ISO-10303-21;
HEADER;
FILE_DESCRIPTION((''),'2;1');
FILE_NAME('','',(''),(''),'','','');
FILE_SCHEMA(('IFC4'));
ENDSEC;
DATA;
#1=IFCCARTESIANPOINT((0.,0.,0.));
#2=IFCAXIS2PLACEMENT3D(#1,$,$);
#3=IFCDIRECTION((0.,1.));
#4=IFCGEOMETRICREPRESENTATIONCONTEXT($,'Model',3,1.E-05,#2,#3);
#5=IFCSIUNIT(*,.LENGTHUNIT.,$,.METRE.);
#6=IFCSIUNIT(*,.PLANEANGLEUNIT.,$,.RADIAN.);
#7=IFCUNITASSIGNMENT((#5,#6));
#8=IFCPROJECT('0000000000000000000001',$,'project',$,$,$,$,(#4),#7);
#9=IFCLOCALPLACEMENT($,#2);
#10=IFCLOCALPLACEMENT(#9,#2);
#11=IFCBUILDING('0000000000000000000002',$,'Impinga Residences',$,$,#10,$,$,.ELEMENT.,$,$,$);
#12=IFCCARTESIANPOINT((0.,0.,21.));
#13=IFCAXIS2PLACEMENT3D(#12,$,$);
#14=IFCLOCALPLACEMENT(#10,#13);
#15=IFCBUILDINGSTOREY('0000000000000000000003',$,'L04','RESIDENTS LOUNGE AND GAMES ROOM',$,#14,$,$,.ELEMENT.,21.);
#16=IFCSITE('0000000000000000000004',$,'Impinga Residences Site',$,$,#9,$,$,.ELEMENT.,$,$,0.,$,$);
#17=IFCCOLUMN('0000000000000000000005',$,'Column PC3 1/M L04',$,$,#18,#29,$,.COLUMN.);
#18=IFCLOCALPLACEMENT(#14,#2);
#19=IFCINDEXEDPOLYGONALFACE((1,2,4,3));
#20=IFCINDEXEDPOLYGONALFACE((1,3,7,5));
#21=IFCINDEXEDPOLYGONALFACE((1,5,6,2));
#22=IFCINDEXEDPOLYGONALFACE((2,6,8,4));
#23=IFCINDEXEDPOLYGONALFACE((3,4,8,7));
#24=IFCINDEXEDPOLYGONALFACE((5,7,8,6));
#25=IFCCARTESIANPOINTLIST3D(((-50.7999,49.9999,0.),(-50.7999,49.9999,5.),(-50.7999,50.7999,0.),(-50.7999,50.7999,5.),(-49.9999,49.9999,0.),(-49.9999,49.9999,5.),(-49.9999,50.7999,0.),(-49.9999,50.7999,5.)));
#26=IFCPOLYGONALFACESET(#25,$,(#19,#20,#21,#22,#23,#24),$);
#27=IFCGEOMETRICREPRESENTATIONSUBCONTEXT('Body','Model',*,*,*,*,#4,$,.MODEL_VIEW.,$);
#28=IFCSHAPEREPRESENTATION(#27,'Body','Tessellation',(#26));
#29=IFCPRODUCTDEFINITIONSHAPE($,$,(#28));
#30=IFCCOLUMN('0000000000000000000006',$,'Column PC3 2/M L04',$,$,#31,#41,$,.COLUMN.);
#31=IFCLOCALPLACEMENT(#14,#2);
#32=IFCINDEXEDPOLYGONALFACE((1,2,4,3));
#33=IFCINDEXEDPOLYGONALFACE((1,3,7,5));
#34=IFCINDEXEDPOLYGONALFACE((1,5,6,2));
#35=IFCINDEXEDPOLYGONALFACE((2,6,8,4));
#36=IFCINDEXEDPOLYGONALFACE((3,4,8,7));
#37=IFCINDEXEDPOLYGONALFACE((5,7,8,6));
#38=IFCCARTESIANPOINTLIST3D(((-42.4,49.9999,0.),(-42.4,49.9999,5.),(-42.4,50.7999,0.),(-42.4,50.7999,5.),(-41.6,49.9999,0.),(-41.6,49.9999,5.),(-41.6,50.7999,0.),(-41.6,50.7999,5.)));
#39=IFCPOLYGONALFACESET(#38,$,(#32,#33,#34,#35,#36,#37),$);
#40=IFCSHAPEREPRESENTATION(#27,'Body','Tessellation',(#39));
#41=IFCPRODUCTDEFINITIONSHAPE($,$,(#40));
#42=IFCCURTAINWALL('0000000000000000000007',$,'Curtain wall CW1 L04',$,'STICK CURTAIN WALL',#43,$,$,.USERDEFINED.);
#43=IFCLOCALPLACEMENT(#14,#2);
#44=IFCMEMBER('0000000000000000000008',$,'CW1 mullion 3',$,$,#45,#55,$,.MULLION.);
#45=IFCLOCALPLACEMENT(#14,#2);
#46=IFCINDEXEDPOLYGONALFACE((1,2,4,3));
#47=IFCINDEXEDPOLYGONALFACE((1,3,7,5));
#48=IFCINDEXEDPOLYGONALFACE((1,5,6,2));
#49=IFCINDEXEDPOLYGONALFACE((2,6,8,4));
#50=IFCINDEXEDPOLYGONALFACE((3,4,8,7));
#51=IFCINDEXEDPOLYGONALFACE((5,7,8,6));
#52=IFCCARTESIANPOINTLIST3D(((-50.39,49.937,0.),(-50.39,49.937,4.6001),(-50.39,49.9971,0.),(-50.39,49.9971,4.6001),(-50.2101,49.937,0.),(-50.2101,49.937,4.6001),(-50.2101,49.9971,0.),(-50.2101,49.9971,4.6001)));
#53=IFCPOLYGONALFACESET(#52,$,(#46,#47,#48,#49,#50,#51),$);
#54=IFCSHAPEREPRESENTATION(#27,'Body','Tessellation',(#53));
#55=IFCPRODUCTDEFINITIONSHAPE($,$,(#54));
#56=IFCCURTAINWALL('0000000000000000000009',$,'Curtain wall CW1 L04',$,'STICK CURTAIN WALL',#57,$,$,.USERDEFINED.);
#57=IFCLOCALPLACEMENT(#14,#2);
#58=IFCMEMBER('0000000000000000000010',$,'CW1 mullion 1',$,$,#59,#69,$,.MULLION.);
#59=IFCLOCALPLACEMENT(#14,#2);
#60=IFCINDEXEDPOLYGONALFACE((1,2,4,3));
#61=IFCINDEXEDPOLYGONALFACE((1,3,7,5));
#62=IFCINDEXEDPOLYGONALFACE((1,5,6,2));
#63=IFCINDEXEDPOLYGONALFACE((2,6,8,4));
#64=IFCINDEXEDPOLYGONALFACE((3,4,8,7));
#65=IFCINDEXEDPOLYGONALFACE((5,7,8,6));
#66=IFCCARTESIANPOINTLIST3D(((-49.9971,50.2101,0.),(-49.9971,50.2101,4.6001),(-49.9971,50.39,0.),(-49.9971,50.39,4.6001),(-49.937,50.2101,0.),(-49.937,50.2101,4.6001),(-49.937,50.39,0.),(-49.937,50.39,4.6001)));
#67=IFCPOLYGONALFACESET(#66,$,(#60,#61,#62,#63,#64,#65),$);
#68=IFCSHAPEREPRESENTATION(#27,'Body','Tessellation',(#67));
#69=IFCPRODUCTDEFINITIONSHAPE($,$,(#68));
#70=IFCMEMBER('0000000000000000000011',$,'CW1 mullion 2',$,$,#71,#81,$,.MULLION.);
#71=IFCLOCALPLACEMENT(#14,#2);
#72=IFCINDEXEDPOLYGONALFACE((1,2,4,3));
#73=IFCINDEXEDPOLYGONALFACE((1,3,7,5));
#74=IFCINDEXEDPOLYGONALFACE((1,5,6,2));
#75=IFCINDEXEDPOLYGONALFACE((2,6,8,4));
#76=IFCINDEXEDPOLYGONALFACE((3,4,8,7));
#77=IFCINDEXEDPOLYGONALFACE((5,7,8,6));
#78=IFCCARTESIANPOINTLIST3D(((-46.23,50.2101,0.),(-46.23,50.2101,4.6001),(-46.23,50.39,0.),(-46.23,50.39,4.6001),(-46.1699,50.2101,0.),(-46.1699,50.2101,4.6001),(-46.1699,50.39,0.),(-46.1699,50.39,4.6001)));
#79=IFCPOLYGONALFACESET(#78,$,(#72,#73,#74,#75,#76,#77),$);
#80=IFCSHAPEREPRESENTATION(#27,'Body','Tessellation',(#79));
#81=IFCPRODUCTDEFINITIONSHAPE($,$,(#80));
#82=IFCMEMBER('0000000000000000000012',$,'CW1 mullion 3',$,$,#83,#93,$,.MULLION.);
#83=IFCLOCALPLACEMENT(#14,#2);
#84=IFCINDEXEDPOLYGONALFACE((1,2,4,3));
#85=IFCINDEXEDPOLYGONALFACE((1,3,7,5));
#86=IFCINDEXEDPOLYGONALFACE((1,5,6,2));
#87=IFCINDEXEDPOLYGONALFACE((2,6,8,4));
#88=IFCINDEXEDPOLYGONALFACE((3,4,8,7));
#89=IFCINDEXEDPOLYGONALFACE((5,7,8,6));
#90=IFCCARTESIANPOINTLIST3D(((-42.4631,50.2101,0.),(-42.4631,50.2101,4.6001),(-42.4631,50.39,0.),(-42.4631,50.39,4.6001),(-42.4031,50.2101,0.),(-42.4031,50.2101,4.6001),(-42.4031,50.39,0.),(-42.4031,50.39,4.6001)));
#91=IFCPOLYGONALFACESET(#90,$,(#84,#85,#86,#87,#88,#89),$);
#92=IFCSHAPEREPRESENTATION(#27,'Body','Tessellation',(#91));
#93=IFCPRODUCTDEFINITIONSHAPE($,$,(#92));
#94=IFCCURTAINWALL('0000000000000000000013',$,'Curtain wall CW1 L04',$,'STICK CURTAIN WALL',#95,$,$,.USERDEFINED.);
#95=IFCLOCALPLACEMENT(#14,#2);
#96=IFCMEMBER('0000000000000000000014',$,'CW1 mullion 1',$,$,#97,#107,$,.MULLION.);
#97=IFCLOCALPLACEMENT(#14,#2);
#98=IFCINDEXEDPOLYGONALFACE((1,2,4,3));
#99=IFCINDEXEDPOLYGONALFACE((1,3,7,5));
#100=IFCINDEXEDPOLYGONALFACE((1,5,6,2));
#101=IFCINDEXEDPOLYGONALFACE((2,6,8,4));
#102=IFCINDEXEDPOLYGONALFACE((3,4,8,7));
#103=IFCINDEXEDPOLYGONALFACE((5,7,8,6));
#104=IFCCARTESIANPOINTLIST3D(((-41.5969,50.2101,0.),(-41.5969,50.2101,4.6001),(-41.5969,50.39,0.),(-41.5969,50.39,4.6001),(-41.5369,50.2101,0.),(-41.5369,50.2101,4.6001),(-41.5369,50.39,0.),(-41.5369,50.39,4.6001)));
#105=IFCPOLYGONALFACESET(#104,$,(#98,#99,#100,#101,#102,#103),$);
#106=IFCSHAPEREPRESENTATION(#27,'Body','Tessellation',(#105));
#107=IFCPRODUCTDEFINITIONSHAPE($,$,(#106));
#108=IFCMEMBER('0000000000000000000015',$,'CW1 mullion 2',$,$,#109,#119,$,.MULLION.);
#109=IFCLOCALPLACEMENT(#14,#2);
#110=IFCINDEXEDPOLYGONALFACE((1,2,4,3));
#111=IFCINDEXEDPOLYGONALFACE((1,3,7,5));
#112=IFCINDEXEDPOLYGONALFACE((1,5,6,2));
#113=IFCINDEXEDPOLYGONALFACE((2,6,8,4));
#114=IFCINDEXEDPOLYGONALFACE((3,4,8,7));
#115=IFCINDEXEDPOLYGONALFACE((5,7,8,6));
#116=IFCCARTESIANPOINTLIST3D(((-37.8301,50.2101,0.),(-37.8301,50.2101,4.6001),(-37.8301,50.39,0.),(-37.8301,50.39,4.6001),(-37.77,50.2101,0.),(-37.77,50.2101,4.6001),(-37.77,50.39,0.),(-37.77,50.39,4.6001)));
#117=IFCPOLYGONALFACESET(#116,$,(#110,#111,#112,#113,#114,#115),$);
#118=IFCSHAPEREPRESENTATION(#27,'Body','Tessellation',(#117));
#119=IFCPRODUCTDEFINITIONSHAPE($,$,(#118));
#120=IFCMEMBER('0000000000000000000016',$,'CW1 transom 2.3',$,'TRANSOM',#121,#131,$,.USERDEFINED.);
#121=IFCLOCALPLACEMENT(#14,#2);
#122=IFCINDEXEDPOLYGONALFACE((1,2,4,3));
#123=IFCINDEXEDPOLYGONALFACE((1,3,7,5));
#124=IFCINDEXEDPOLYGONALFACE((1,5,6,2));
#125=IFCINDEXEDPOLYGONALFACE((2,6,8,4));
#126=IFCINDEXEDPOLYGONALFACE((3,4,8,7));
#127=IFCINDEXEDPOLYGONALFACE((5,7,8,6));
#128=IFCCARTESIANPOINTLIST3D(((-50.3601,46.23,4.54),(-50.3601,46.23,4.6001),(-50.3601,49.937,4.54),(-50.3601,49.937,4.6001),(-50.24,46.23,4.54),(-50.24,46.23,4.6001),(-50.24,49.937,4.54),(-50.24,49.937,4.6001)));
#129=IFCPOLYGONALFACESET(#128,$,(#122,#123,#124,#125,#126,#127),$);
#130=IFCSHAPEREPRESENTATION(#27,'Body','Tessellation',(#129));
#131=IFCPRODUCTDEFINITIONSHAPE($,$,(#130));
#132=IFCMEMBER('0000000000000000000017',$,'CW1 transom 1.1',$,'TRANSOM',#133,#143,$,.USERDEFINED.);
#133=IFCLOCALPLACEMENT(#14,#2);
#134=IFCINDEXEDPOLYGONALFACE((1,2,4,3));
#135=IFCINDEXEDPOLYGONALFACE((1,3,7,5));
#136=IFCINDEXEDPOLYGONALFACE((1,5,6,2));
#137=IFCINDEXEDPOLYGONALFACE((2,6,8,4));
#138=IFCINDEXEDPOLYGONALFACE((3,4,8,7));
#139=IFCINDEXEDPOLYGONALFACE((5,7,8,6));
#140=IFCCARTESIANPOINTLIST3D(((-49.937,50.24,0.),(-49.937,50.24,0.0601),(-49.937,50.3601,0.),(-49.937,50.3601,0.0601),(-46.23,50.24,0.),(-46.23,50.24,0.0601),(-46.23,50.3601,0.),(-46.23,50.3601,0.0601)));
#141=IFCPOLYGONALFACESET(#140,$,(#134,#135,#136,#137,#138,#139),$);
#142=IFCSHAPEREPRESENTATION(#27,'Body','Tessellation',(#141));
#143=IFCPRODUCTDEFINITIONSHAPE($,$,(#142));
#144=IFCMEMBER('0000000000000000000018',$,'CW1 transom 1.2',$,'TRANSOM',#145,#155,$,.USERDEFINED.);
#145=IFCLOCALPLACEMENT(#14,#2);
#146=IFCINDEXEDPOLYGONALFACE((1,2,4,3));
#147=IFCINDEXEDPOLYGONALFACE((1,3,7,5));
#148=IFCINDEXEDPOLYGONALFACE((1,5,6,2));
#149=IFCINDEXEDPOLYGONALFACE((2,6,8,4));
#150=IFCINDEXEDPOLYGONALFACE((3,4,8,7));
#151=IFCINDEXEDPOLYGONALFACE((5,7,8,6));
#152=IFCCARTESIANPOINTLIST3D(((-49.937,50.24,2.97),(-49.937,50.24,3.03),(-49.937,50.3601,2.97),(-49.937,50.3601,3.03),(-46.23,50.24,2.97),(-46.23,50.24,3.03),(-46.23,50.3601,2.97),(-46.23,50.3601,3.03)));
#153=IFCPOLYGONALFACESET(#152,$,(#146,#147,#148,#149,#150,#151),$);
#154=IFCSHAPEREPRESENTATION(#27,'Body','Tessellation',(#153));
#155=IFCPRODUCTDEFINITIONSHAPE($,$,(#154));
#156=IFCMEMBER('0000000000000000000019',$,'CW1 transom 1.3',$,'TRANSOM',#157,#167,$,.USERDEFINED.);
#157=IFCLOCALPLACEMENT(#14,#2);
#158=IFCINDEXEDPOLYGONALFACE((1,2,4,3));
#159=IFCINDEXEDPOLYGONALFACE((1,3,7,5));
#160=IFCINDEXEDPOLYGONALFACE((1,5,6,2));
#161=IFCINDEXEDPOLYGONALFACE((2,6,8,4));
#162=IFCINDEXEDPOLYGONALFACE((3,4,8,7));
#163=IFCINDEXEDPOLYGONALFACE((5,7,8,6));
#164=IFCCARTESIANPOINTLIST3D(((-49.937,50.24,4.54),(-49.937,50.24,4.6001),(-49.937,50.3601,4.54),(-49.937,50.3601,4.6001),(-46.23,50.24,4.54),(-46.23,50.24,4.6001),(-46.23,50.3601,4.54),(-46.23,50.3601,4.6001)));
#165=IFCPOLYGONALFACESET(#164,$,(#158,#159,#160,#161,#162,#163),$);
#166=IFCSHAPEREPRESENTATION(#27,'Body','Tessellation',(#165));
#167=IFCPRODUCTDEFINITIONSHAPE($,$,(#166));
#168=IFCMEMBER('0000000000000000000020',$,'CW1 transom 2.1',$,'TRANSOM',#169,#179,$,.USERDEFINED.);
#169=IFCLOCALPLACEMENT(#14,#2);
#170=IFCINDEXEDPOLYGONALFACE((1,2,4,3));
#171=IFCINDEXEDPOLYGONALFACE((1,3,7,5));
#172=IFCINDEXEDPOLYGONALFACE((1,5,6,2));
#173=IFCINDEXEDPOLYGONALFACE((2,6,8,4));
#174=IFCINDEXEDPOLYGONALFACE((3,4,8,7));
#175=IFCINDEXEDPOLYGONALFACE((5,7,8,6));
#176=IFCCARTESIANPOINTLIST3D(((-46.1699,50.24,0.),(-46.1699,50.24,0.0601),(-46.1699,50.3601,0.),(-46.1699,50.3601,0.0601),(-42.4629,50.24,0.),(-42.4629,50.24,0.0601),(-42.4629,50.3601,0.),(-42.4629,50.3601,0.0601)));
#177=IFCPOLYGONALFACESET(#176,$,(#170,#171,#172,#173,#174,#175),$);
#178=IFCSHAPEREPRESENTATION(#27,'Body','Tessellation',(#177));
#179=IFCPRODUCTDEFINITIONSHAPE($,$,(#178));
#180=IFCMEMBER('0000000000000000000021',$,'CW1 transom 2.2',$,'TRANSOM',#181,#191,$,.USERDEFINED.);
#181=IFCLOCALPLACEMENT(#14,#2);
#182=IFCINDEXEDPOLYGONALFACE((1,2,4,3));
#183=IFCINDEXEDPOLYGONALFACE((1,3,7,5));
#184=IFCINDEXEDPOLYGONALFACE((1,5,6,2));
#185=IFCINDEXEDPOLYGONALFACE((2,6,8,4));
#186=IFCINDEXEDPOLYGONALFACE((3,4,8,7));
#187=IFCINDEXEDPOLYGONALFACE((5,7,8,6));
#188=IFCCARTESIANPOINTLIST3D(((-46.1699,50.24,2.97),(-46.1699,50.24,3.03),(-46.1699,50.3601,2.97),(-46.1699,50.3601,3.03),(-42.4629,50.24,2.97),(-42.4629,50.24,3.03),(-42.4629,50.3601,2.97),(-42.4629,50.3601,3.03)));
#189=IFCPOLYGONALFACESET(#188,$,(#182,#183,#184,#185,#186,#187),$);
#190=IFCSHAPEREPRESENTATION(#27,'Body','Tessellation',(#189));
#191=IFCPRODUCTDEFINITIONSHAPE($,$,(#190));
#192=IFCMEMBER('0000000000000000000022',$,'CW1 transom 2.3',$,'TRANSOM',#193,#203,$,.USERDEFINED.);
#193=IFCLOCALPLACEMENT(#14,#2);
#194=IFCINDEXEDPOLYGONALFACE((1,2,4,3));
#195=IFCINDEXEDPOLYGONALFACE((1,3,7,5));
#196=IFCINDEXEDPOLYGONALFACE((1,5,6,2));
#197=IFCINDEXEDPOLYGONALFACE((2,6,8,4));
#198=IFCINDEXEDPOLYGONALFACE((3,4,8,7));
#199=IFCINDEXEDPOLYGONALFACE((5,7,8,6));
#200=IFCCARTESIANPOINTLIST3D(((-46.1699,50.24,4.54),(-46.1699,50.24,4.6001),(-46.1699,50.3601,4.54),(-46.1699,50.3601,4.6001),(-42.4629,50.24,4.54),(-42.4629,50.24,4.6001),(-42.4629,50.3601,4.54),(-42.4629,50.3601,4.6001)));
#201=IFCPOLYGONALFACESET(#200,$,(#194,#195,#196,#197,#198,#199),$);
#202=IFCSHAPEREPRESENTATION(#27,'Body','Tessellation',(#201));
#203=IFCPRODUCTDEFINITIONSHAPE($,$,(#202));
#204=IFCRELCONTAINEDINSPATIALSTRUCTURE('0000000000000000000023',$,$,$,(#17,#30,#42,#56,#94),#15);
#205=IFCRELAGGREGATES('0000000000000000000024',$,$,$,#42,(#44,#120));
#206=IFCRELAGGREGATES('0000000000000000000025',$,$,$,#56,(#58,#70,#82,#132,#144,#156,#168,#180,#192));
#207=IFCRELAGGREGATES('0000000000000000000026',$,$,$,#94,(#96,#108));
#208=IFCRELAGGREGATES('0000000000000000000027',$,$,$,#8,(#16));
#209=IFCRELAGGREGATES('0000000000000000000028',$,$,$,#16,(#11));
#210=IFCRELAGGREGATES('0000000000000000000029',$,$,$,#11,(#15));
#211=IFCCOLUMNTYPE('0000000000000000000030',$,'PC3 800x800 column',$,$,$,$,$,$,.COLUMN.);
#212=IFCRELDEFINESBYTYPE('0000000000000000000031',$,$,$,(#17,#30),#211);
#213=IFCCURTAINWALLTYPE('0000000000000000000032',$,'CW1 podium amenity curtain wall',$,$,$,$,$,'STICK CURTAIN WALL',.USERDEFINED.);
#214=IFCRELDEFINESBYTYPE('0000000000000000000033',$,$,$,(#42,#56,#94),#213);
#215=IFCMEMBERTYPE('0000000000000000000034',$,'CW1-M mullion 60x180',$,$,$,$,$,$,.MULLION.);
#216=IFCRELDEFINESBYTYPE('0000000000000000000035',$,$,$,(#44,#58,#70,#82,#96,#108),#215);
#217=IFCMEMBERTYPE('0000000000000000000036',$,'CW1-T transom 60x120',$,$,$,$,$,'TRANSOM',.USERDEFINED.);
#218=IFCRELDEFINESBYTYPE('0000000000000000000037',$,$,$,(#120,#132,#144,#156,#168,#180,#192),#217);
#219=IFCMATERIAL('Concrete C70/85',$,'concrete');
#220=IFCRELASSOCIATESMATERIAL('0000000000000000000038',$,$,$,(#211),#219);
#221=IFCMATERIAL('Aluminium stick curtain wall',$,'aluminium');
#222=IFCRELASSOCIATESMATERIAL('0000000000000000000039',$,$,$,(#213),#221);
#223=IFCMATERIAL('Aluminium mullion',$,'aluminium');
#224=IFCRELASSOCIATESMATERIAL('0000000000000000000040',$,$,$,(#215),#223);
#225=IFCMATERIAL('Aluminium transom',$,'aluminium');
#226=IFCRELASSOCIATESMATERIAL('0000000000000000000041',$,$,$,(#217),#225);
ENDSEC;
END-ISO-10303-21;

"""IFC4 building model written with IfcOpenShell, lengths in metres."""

from ifc_helpers import new_model, si_unit, direction, frame, origin, origin_2d, place, context, subcontext, project, spatial, rectangle, extrude, material, material_profile, profile_set, type_object, element, aggregate, save


model = new_model("IFC4")

# Units and contexts
model_context = context("Model", 3, precision=1e-05, world=origin(), true_north=direction((0.0, 1.0)))
body_context = subcontext(model_context, "Body", "Model", "MODEL_VIEW")
ifc_project = project(units=[si_unit("LENGTHUNIT", "METRE"), si_unit("PLANEANGLEUNIT", "RADIAN")], contexts=[model_context])

# Site, building, storey
site_placement = place(None, origin())
site = spatial("IfcSite", under=ifc_project, at=site_placement, Name="Impinga Residences Site", CompositionType="ELEMENT", RefElevation=0.0)
building_placement = place(site_placement, origin())
building = spatial("IfcBuilding", under=site, at=building_placement, Name="Impinga Residences", CompositionType="ELEMENT")
storey_placement = place(building_placement, frame((0.0, 0.0, 21.0)))
storey = spatial("IfcBuildingStorey", under=building, at=storey_placement, Name="L04", Description="RESIDENTS LOUNGE AND GAMES ROOM", CompositionType="ELEMENT", Elevation=21.0)

# Columns
ifc_material_1 = material(Name="Concrete C70/85", Category="concrete")
ifc_material_profile_1 = material_profile(ifc_material_1, rectangle(XDim=0.8, YDim=0.8, at=origin_2d()), Name="RC 800x800")
ifc_profile_set_1 = profile_set([ifc_material_profile_1], Name="Concrete C70/85")
column_type = type_object("IfcColumnType", Name="PC3 800x800 column", PredefinedType="COLUMN", material=ifc_profile_set_1)
for number, where, z_axis, x_axis, name in (
    (1, (-50.3999, 50.3999, 0.0), (0.0, 0.0, 1.0), (1.0, 0.0, 0.0), "Column PC3 1/M L04"),
    (2, (-42.0, 50.3999, 0.0), (0.0, 0.0, 1.0), (1.0, 0.0, 0.0), "Column PC3 2/M L04"),
):
    element("IfcColumn", number, at=place(storey_placement, frame(where, z_axis=z_axis, x_axis=x_axis)), inside=storey, type_object=column_type, Name=name, PredefinedType="COLUMN", context=body_context, shape_type="SweptSolid", body=[
        extrude(rectangle(XDim=0.8, YDim=0.8, at=origin_2d()), origin(), (0.0, 0.0, 1.0), 5.0),
    ])

# Curtain wall, member
ifc_material_2 = material(Name="Aluminium stick curtain wall", Category="aluminium")
curtain_wall_type = type_object("IfcCurtainWallType", Name="CW1 podium amenity curtain wall", ElementType="STICK CURTAIN WALL", PredefinedType="USERDEFINED", material=ifc_material_2)
curtain_wall_1_placement = place(storey_placement, origin())
curtain_wall_1 = element("IfcCurtainWall", 3, at=curtain_wall_1_placement, inside=storey, type_object=curtain_wall_type, Name="Curtain wall CW1 L04", ObjectType="STICK CURTAIN WALL", PredefinedType="USERDEFINED")
ifc_material_3 = material(Name="Aluminium mullion", Category="aluminium")
ifc_material_profile_2 = material_profile(ifc_material_3, rectangle(XDim=0.0601, YDim=0.1799, at=origin_2d()), Name="60x180 mullion")
ifc_profile_set_2 = profile_set([ifc_material_profile_2], Name="Aluminium mullion")
member_type_1 = type_object("IfcMemberType", Name="CW1-M mullion 60x180", PredefinedType="MULLION", material=ifc_profile_set_2)
member_1_placement = place(storey_placement, frame((-50.3, 49.967, 0.0), z_axis=(0.0, 0.0, 1.0), x_axis=(0.0, 1.0, 0.0)))
member_1 = element("IfcMember", 4, at=member_1_placement, type_object=member_type_1, Name="CW1 mullion 3", PredefinedType="MULLION", context=body_context, shape_type="SweptSolid", body=[
    extrude(rectangle(XDim=0.0601, YDim=0.1799, at=origin_2d()), origin(), (0.0, 0.0, 1.0), 4.6001),
])

# Curtain walls, members
curtain_wall_2_placement = place(storey_placement, origin())
curtain_wall_2 = element("IfcCurtainWall", 5, at=curtain_wall_2_placement, inside=storey, type_object=curtain_wall_type, Name="Curtain wall CW1 L04", ObjectType="STICK CURTAIN WALL", PredefinedType="USERDEFINED")
member_2_placement = place(storey_placement, frame((-49.967, 50.3, 0.0), z_axis=(0.0, 0.0, 1.0), x_axis=(1.0, 0.0, 0.0)))
member_2 = element("IfcMember", 6, at=member_2_placement, type_object=member_type_1, Name="CW1 mullion 1", PredefinedType="MULLION", context=body_context, shape_type="SweptSolid", body=[
    extrude(rectangle(XDim=0.0601, YDim=0.1799, at=origin_2d()), origin(), (0.0, 0.0, 1.0), 4.6001),
])
member_3_placement = place(storey_placement, frame((-46.2, 50.3, 0.0), z_axis=(0.0, 0.0, 1.0), x_axis=(1.0, 0.0, 0.0)))
member_3 = element("IfcMember", 7, at=member_3_placement, type_object=member_type_1, Name="CW1 mullion 2", PredefinedType="MULLION", context=body_context, shape_type="SweptSolid", body=[
    extrude(rectangle(XDim=0.0601, YDim=0.1799, at=origin_2d()), origin(), (0.0, 0.0, 1.0), 4.6001),
])
member_4_placement = place(storey_placement, frame((-42.4331, 50.3, 0.0), z_axis=(0.0, 0.0, 1.0), x_axis=(1.0, 0.0, 0.0)))
member_4 = element("IfcMember", 8, at=member_4_placement, type_object=member_type_1, Name="CW1 mullion 3", PredefinedType="MULLION", context=body_context, shape_type="SweptSolid", body=[
    extrude(rectangle(XDim=0.0601, YDim=0.1799, at=origin_2d()), origin(), (0.0, 0.0, 1.0), 4.6001),
])
curtain_wall_3_placement = place(storey_placement, origin())
curtain_wall_3 = element("IfcCurtainWall", 9, at=curtain_wall_3_placement, inside=storey, type_object=curtain_wall_type, Name="Curtain wall CW1 L04", ObjectType="STICK CURTAIN WALL", PredefinedType="USERDEFINED")
member_5_placement = place(storey_placement, frame((-41.5669, 50.3, 0.0), z_axis=(0.0, 0.0, 1.0), x_axis=(1.0, 0.0, 0.0)))
member_5 = element("IfcMember", 10, at=member_5_placement, type_object=member_type_1, Name="CW1 mullion 1", PredefinedType="MULLION", context=body_context, shape_type="SweptSolid", body=[
    extrude(rectangle(XDim=0.0601, YDim=0.1799, at=origin_2d()), origin(), (0.0, 0.0, 1.0), 4.6001),
])
member_6_placement = place(storey_placement, frame((-37.8, 50.3, 0.0), z_axis=(0.0, 0.0, 1.0), x_axis=(1.0, 0.0, 0.0)))
member_6 = element("IfcMember", 11, at=member_6_placement, type_object=member_type_1, Name="CW1 mullion 2", PredefinedType="MULLION", context=body_context, shape_type="SweptSolid", body=[
    extrude(rectangle(XDim=0.0601, YDim=0.1799, at=origin_2d()), origin(), (0.0, 0.0, 1.0), 4.6001),
])

# Members
ifc_material_4 = material(Name="Aluminium transom", Category="aluminium")
ifc_material_profile_3 = material_profile(ifc_material_4, rectangle(XDim=0.0601, YDim=0.1201, at=origin_2d()), Name="60x120 transom")
ifc_profile_set_3 = profile_set([ifc_material_profile_3], Name="Aluminium transom")
member_type_2 = type_object("IfcMemberType", Name="CW1-T transom 60x120", ElementType="TRANSOM", PredefinedType="USERDEFINED", material=ifc_profile_set_3)
member_7_placement = place(storey_placement, frame((-50.3, 46.23, 4.5701), z_axis=(0.0, 1.0, 0.0), x_axis=(0.0, 0.0, 1.0)))
member_7 = element("IfcMember", 12, at=member_7_placement, type_object=member_type_2, Name="CW1 transom 2.3", ObjectType="TRANSOM", PredefinedType="USERDEFINED", context=body_context, shape_type="SweptSolid", body=[
    extrude(rectangle(XDim=0.0601, YDim=0.1201, at=origin_2d()), origin(), (0.0, 0.0, 1.0), 3.707),
])
member_8_placement = place(storey_placement, frame((-49.937, 50.3, 0.03), z_axis=(1.0, 0.0, 0.0), x_axis=(0.0, 0.0, 1.0)))
member_8 = element("IfcMember", 13, at=member_8_placement, type_object=member_type_2, Name="CW1 transom 1.1", ObjectType="TRANSOM", PredefinedType="USERDEFINED", context=body_context, shape_type="SweptSolid", body=[
    extrude(rectangle(XDim=0.0601, YDim=0.1201, at=origin_2d()), origin(), (0.0, 0.0, 1.0), 3.707),
])
member_9_placement = place(storey_placement, frame((-49.937, 50.3, 3.0), z_axis=(1.0, 0.0, 0.0), x_axis=(0.0, 0.0, 1.0)))
member_9 = element("IfcMember", 14, at=member_9_placement, type_object=member_type_2, Name="CW1 transom 1.2", ObjectType="TRANSOM", PredefinedType="USERDEFINED", context=body_context, shape_type="SweptSolid", body=[
    extrude(rectangle(XDim=0.0601, YDim=0.1201, at=origin_2d()), origin(), (0.0, 0.0, 1.0), 3.707),
])
member_10_placement = place(storey_placement, frame((-49.937, 50.3, 4.5701), z_axis=(1.0, 0.0, 0.0), x_axis=(0.0, 0.0, 1.0)))
member_10 = element("IfcMember", 15, at=member_10_placement, type_object=member_type_2, Name="CW1 transom 1.3", ObjectType="TRANSOM", PredefinedType="USERDEFINED", context=body_context, shape_type="SweptSolid", body=[
    extrude(rectangle(XDim=0.0601, YDim=0.1201, at=origin_2d()), origin(), (0.0, 0.0, 1.0), 3.707),
])
member_11_placement = place(storey_placement, frame((-46.1699, 50.3, 0.03), z_axis=(1.0, 0.0, 0.0), x_axis=(0.0, 0.0, 1.0)))
member_11 = element("IfcMember", 16, at=member_11_placement, type_object=member_type_2, Name="CW1 transom 2.1", ObjectType="TRANSOM", PredefinedType="USERDEFINED", context=body_context, shape_type="SweptSolid", body=[
    extrude(rectangle(XDim=0.0601, YDim=0.1201, at=origin_2d()), origin(), (0.0, 0.0, 1.0), 3.707),
])
member_12_placement = place(storey_placement, frame((-46.1699, 50.3, 3.0), z_axis=(1.0, 0.0, 0.0), x_axis=(0.0, 0.0, 1.0)))
member_12 = element("IfcMember", 17, at=member_12_placement, type_object=member_type_2, Name="CW1 transom 2.2", ObjectType="TRANSOM", PredefinedType="USERDEFINED", context=body_context, shape_type="SweptSolid", body=[
    extrude(rectangle(XDim=0.0601, YDim=0.1201, at=origin_2d()), origin(), (0.0, 0.0, 1.0), 3.707),
])
member_13_placement = place(storey_placement, frame((-46.1699, 50.3, 4.5701), z_axis=(1.0, 0.0, 0.0), x_axis=(0.0, 0.0, 1.0)))
member_13 = element("IfcMember", 18, at=member_13_placement, type_object=member_type_2, Name="CW1 transom 2.3", ObjectType="TRANSOM", PredefinedType="USERDEFINED", context=body_context, shape_type="SweptSolid", body=[
    extrude(rectangle(XDim=0.0601, YDim=0.1201, at=origin_2d()), origin(), (0.0, 0.0, 1.0), 3.707),
])

aggregate(curtain_wall_1, [member_1, member_7])
aggregate(curtain_wall_2, [member_2, member_3, member_4, member_8, member_9, member_10, member_11, member_12, member_13])
aggregate(curtain_wall_3, [member_5, member_6])

save(model, "model.ifc")
